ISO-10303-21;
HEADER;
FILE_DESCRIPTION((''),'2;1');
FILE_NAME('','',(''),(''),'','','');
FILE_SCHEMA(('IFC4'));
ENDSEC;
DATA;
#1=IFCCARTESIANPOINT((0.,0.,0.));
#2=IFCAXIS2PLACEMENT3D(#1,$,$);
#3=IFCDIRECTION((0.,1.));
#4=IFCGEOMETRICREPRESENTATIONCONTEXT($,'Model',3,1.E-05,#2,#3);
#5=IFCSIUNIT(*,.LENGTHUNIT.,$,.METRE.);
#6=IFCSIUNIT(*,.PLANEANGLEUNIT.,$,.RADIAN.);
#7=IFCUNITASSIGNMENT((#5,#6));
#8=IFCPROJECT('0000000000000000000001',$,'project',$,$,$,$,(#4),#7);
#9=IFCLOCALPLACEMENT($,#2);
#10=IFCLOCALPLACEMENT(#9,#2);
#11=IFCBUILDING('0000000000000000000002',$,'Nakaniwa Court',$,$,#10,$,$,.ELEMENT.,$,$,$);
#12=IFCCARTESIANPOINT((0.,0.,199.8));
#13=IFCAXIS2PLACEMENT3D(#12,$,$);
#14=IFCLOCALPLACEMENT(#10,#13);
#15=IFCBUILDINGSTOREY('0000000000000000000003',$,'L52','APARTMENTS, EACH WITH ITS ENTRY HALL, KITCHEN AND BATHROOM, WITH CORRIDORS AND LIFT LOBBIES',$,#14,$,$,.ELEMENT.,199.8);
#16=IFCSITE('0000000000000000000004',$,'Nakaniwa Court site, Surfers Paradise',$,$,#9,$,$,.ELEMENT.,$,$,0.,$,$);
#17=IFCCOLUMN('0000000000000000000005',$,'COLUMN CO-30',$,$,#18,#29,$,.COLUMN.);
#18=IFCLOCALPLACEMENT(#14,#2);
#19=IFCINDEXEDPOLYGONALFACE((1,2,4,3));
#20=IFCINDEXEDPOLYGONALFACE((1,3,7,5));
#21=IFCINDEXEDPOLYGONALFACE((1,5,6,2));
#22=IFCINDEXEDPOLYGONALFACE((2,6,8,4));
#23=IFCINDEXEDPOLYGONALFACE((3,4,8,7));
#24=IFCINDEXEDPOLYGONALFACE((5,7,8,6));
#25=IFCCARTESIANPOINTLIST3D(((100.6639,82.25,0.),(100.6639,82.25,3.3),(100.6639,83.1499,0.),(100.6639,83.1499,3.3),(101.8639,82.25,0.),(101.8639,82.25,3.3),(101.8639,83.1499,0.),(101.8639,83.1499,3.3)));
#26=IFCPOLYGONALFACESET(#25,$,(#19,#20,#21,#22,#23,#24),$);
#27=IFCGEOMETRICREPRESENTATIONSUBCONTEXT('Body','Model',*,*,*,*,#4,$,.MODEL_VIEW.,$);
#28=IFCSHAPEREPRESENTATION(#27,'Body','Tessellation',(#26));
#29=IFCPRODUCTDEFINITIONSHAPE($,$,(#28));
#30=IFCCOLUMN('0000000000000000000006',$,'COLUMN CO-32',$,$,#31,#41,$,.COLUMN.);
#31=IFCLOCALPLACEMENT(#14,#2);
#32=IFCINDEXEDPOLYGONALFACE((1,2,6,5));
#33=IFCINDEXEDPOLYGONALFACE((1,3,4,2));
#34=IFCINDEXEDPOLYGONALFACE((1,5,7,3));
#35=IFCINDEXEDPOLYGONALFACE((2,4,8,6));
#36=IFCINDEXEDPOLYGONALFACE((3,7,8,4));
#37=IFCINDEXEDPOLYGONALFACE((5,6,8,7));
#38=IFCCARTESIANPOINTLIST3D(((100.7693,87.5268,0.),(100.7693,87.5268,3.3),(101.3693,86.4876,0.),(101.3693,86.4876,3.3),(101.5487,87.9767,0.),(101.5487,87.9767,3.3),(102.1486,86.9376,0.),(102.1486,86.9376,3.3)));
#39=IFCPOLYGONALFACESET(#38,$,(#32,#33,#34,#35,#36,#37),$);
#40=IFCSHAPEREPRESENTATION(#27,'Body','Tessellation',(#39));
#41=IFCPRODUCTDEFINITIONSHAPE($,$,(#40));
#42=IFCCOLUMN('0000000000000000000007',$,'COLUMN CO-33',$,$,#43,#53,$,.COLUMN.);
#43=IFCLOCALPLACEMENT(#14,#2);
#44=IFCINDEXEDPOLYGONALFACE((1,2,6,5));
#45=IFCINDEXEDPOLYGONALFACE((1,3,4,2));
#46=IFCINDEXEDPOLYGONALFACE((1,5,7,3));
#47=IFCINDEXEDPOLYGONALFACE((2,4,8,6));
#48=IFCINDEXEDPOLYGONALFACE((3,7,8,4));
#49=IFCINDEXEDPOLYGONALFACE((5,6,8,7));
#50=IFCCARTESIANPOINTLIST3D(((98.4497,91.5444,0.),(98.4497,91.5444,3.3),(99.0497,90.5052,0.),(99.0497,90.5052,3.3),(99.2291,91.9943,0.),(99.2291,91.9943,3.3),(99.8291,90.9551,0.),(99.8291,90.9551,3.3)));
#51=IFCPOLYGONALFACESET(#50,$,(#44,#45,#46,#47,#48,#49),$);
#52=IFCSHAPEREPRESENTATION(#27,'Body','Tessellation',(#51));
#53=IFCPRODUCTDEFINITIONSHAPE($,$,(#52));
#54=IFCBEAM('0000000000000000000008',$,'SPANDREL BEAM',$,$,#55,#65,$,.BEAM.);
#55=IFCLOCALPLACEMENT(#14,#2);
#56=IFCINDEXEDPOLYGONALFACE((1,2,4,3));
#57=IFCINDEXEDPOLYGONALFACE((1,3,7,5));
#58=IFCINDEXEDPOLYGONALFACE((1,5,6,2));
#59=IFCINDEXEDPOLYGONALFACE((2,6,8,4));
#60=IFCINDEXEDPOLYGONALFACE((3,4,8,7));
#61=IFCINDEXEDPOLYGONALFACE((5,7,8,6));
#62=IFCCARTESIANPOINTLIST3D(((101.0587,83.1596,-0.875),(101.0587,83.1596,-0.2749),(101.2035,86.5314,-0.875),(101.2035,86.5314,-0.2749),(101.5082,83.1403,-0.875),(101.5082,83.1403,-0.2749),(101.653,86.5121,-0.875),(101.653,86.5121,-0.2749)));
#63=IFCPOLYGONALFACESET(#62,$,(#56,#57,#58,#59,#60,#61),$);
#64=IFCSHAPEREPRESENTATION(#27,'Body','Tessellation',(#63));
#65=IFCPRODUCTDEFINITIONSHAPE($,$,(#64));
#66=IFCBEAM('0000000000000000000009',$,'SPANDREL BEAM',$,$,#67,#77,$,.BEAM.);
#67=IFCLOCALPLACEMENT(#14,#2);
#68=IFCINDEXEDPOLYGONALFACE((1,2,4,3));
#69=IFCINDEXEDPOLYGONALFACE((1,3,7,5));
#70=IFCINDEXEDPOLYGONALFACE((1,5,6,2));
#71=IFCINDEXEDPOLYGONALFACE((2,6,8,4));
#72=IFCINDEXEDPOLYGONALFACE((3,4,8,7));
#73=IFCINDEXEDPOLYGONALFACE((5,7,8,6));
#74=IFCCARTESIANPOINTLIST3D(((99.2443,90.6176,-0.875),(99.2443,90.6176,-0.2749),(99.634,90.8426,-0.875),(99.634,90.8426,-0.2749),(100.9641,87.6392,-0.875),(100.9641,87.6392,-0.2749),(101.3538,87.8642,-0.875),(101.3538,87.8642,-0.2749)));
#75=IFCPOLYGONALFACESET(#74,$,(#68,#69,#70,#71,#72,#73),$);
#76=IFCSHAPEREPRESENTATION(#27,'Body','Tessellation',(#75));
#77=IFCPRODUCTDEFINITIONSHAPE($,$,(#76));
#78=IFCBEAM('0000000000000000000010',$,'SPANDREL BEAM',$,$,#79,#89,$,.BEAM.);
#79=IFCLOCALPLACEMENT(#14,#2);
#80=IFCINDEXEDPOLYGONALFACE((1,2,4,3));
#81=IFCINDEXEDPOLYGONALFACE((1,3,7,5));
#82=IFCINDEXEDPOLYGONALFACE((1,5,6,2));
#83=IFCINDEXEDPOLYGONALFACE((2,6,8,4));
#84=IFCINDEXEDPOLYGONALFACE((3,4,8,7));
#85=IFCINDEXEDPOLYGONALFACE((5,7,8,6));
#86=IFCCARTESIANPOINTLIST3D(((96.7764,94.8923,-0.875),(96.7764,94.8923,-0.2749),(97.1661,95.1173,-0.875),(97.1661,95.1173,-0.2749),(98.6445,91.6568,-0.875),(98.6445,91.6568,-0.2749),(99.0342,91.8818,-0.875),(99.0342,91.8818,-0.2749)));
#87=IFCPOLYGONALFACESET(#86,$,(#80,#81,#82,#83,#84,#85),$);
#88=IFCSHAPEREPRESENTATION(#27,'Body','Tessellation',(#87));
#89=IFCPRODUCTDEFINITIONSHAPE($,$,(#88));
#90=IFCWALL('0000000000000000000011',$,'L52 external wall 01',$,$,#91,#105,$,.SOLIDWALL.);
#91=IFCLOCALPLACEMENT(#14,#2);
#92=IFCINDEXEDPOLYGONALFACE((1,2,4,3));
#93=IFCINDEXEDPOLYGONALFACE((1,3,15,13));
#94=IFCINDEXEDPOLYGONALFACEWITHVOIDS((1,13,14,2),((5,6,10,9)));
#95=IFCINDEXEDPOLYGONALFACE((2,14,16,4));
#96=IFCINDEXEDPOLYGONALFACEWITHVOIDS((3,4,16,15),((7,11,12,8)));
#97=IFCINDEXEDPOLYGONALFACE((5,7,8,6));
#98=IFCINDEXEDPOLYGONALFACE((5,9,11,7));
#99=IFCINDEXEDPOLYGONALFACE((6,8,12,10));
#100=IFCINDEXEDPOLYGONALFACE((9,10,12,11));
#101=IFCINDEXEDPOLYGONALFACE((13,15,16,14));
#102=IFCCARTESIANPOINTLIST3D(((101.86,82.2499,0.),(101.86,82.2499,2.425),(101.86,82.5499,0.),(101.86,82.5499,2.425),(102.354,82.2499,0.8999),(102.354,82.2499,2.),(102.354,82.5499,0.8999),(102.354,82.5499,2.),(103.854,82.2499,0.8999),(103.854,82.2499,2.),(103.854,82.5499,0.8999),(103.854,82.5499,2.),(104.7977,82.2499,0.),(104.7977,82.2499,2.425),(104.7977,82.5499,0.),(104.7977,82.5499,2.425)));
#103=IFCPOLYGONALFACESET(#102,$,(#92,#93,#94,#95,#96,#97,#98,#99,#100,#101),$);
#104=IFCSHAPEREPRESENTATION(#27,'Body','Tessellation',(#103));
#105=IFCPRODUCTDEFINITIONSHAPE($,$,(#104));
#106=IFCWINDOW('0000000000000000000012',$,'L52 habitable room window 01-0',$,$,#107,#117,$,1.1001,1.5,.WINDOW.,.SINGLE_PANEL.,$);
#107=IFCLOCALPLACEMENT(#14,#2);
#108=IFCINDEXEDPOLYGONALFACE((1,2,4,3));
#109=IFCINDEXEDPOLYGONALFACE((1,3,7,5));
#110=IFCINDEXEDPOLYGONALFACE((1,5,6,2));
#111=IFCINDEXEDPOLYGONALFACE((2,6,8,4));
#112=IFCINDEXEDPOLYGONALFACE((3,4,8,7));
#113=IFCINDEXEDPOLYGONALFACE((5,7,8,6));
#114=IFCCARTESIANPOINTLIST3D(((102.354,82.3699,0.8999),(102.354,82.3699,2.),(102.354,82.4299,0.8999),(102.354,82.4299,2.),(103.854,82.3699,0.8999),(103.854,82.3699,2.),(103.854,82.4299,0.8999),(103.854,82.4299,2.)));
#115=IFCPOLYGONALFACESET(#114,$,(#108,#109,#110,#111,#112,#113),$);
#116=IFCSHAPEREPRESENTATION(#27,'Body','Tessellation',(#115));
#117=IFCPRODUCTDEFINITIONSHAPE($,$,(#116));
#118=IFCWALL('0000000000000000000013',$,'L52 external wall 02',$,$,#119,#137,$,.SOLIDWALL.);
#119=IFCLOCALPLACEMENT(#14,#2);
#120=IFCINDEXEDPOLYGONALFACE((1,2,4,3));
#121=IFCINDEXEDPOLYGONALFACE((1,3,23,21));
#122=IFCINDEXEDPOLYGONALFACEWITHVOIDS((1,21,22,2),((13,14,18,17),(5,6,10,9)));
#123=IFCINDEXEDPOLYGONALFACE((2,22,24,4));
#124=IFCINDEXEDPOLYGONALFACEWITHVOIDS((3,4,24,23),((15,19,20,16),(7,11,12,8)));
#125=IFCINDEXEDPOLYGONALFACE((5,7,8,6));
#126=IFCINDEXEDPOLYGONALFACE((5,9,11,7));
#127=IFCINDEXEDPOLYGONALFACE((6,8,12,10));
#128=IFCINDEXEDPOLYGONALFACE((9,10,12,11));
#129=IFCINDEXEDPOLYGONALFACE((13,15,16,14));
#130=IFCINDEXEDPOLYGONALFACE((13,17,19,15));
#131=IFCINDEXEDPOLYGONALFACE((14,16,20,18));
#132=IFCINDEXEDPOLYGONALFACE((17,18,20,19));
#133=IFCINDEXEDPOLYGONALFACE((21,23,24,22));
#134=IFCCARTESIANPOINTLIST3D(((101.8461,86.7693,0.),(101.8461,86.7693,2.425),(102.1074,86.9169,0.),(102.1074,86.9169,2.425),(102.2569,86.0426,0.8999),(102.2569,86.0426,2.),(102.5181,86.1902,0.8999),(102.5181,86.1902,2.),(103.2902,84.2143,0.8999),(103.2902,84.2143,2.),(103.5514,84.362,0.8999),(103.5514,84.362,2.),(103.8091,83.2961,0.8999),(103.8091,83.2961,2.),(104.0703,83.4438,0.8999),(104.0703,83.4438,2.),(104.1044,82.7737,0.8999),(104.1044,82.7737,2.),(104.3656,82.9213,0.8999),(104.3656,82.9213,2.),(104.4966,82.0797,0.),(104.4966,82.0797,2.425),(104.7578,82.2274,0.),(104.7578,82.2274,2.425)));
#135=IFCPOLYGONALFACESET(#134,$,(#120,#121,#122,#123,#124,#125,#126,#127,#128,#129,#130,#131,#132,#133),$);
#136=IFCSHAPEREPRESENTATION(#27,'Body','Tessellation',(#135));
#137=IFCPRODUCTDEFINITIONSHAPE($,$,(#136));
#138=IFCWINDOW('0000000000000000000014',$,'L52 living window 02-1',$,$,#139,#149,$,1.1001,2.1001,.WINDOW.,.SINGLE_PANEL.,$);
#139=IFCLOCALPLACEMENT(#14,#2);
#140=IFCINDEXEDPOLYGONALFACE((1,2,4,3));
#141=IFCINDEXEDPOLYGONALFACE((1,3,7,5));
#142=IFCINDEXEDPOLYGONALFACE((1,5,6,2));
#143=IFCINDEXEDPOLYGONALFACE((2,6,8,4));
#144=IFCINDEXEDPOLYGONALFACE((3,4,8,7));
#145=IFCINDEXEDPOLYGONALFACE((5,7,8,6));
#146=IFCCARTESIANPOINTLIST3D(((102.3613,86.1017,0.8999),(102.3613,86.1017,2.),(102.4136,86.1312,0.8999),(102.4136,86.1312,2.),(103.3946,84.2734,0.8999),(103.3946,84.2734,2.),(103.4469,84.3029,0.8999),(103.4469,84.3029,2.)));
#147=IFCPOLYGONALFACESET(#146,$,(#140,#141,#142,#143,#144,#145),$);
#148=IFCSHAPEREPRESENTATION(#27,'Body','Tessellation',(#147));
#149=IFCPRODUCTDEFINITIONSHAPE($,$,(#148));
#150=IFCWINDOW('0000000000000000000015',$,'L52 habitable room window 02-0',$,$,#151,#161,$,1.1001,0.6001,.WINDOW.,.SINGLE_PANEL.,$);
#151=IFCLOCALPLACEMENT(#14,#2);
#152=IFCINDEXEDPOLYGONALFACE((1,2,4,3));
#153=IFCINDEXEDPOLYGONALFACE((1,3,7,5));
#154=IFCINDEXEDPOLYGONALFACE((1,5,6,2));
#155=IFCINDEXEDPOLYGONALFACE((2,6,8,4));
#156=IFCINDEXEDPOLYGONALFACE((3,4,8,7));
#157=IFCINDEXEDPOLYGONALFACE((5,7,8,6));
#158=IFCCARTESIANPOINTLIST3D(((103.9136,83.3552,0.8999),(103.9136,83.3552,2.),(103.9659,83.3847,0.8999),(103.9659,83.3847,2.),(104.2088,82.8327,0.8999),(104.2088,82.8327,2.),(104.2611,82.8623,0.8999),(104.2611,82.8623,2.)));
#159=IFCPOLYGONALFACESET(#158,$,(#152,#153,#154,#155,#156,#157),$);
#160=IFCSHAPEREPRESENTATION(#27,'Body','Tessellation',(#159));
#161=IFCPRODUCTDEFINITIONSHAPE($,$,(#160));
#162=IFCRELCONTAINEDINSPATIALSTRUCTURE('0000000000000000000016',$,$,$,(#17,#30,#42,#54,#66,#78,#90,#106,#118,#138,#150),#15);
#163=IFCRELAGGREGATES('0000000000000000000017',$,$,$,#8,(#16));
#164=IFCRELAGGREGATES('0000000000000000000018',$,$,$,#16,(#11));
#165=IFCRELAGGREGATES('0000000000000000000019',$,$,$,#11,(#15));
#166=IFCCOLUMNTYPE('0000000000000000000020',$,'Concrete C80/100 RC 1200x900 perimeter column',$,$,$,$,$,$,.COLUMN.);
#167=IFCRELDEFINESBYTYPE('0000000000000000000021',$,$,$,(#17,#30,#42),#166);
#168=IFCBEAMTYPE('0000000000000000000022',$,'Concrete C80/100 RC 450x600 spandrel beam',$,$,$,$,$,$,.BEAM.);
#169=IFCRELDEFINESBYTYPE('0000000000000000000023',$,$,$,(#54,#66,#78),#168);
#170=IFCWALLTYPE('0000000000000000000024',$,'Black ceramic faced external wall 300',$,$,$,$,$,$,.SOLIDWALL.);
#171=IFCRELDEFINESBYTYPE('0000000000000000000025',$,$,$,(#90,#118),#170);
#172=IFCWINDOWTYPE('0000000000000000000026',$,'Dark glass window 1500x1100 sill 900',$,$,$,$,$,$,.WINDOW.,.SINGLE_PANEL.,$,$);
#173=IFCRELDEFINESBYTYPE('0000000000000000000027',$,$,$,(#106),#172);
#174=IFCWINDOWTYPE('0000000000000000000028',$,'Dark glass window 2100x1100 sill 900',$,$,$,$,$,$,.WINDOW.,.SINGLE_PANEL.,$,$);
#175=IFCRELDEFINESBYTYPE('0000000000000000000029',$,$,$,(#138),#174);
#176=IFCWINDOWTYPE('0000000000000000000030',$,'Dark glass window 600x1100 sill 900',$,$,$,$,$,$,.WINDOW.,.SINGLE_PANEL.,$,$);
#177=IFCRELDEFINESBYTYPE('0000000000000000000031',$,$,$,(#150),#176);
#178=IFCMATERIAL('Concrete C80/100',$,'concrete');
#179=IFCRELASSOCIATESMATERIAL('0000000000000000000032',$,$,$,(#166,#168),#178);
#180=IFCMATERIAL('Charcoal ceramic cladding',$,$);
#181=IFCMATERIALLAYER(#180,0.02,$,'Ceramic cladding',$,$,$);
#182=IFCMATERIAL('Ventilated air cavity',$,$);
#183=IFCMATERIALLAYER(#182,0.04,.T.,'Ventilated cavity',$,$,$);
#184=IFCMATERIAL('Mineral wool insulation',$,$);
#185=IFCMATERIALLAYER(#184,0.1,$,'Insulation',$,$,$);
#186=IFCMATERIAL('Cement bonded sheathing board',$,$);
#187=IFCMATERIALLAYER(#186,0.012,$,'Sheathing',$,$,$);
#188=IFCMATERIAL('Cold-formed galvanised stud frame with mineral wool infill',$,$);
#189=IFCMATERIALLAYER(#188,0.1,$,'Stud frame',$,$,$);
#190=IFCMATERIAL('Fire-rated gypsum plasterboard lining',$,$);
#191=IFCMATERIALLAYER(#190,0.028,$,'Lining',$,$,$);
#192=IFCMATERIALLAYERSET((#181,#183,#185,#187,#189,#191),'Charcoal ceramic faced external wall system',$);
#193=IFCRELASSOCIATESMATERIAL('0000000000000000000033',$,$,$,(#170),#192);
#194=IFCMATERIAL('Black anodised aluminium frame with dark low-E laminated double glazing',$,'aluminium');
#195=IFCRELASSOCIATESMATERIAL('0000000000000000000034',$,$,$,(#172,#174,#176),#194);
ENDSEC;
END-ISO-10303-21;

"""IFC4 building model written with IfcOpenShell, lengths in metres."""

from ifc_helpers import new_model, si_unit, direction, frame, frame_2d, origin, origin_2d, place, context, subcontext, project, spatial, rectangle, extrude, material, layer, layer_set, material_profile, profile_set, type_object, element, fill, save


model = new_model("IFC4")

# Units and contexts
model_context = context("Model", 3, precision=1e-05, world=origin(), true_north=direction((0.0, 1.0)))
body_context = subcontext(model_context, "Body", "Model", "MODEL_VIEW")
ifc_project = project(units=[si_unit("LENGTHUNIT", "METRE"), si_unit("PLANEANGLEUNIT", "RADIAN")], contexts=[model_context])

# Site, building, storey
site_placement = place(None, origin())
site = spatial("IfcSite", under=ifc_project, at=site_placement, Name="Nakaniwa Court site, Surfers Paradise", CompositionType="ELEMENT", RefElevation=0.0)
building_placement = place(site_placement, origin())
building = spatial("IfcBuilding", under=site, at=building_placement, Name="Nakaniwa Court", CompositionType="ELEMENT")
storey_placement = place(building_placement, frame((0.0, 0.0, 199.8)))
storey = spatial("IfcBuildingStorey", under=building, at=storey_placement, Name="L52", Description="APARTMENTS, EACH WITH ITS ENTRY HALL, KITCHEN AND BATHROOM, WITH CORRIDORS AND LIFT LOBBIES", CompositionType="ELEMENT", Elevation=199.8)

# Columns
ifc_material_1 = material(Name="Concrete C80/100", Category="concrete")
ifc_material_profile_1 = material_profile(ifc_material_1, rectangle(XDim=1.2, YDim=0.8999, at=origin_2d()), Name="Concrete C80/100 RC 1200x900 perimeter column")
ifc_profile_set_1 = profile_set([ifc_material_profile_1], Name="Concrete C80/100")
column_type = type_object("IfcColumnType", Name="Concrete C80/100 RC 1200x900 perimeter column", PredefinedType="COLUMN", material=ifc_profile_set_1)
for number, where, z_axis, x_axis, name in (
    (1, (101.2639, 82.7, 0.0), (0.0, 0.0, 1.0), (1.0, 0.0, 0.0), "COLUMN CO-30"),
    (2, (101.459, 87.2322, 0.0), (0.0, 0.0, 1.0), (-0.5, 0.866025, 0.0), "COLUMN CO-32"),
    (3, (99.1394, 91.2498, 0.0), (0.0, 0.0, 1.0), (-0.5, 0.866025, 0.0), "COLUMN CO-33"),
):
    element("IfcColumn", number, at=place(storey_placement, frame(where, z_axis=z_axis, x_axis=x_axis)), inside=storey, type_object=column_type, Name=name, PredefinedType="COLUMN", context=body_context, shape_type="SweptSolid", body=[
        extrude(rectangle(XDim=1.2, YDim=0.8999, at=origin_2d()), origin(), (0.0, 0.0, 1.0), 3.3),
    ])

# Beams
ifc_material_profile_2 = material_profile(ifc_material_1, rectangle(XDim=0.45, YDim=0.6001, at=origin_2d()), Name="Concrete C80/100 RC 450x600 spandrel beam")
ifc_profile_set_2 = profile_set([ifc_material_profile_2], Name="Concrete C80/100")
beam_type = type_object("IfcBeamType", Name="Concrete C80/100 RC 450x600 spandrel beam", PredefinedType="BEAM", material=ifc_profile_set_2)
beam_1_placement = place(storey_placement, frame((101.2834, 83.1499, -0.575), z_axis=(0.042897, 0.999079, 0.0), x_axis=(-0.999079, 0.042897, 0.0)))
element("IfcBeam", 4, at=beam_1_placement, inside=storey, type_object=beam_type, Name="SPANDREL BEAM", PredefinedType="BEAM", context=body_context, shape_type="SweptSolid", body=[
    extrude(rectangle(XDim=0.45, YDim=0.6001, at=origin_2d()), origin(), (0.0, 0.0, 1.0), 3.375),
])
beam_2_placement = place(storey_placement, frame((101.1589, 87.7517, -0.575), z_axis=(-0.500048, 0.865998, 0.0), x_axis=(-0.865998, -0.500048, 0.0)))
element("IfcBeam", 5, at=beam_2_placement, inside=storey, type_object=beam_type, Name="SPANDREL BEAM", PredefinedType="BEAM", context=body_context, shape_type="SweptSolid", body=[
    extrude(rectangle(XDim=0.45, YDim=0.6001, at=origin_2d()), origin(), (0.0, 0.0, 1.0), 3.4392),
])
beam_3_placement = place(storey_placement, frame((98.8394, 91.7693, -0.575), z_axis=(-0.500018, 0.866015, 0.0), x_axis=(-0.866015, -0.500018, 0.0)))
element("IfcBeam", 6, at=beam_3_placement, inside=storey, type_object=beam_type, Name="SPANDREL BEAM", PredefinedType="BEAM", context=body_context, shape_type="SweptSolid", body=[
    extrude(rectangle(XDim=0.45, YDim=0.6001, at=origin_2d()), origin(), (0.0, 0.0, 1.0), 3.7361),
])

# Wall, opening, window
ifc_material_2 = material(Name="Charcoal ceramic cladding")
ifc_layer_1 = layer(ifc_material_2, 0.02, Name="Ceramic cladding")
ifc_material_3 = material(Name="Ventilated air cavity")
ifc_layer_2 = layer(ifc_material_3, 0.04, ventilated=True, Name="Ventilated cavity")
ifc_material_4 = material(Name="Mineral wool insulation")
ifc_layer_3 = layer(ifc_material_4, 0.1, Name="Insulation")
ifc_material_5 = material(Name="Cement bonded sheathing board")
ifc_layer_4 = layer(ifc_material_5, 0.012, Name="Sheathing")
ifc_material_6 = material(Name="Cold-formed galvanised stud frame with mineral wool infill")
ifc_layer_5 = layer(ifc_material_6, 0.1, Name="Stud frame")
ifc_material_7 = material(Name="Fire-rated gypsum plasterboard lining")
ifc_layer_6 = layer(ifc_material_7, 0.028, Name="Lining")
ifc_layer_set = layer_set([ifc_layer_1, ifc_layer_2, ifc_layer_3, ifc_layer_4, ifc_layer_5, ifc_layer_6], Name="Charcoal ceramic faced external wall system")
wall_type = type_object("IfcWallType", Name="Black ceramic faced external wall 300", PredefinedType="SOLIDWALL", material=ifc_layer_set)
wall_1_placement = place(storey_placement, frame((101.8601, 82.3999, 0.0), z_axis=(0.0, 0.0, 1.0), x_axis=(1.0, 0.0, 0.0)))
wall_1 = element("IfcWall", 7, at=wall_1_placement, inside=storey, type_object=wall_type, Name="L52 external wall 01", PredefinedType="SOLIDWALL", context=body_context, shape_type="SweptSolid", body=[
    extrude(rectangle(XDim=2.9377, YDim=0.3, at=frame_2d((1.4688, 0.0))), origin(), (0.0, 0.0, 1.0), 2.425),
])
opening_1_placement = place(wall_1_placement, frame((0.4939, 0.0, 0.8999)))
opening_1 = element("IfcOpeningElement", 8, at=opening_1_placement, cuts=wall_1, PredefinedType="OPENING", context=body_context, shape_type="SweptSolid", body=[
    extrude(rectangle(XDim=1.5, YDim=1.1001, at=frame_2d((0.75, 0.55))), frame((0.0, 0.1599, 0.0), z_axis=(0.0, -1.0, 0.0), x_axis=(1.0, 0.0, 0.0)), (0.0, 0.0, 1.0), 0.3201),
])
ifc_material_8 = material(Name="Black anodised aluminium frame with dark low-E laminated double glazing", Category="aluminium")
window_type_1 = type_object("IfcWindowType", Name="Dark glass window 1500x1100 sill 900", PartitioningType="SINGLE_PANEL", PredefinedType="WINDOW", material=ifc_material_8)
window_1_placement = place(opening_1_placement, origin())
window_1 = element("IfcWindow", 9, at=window_1_placement, inside=storey, type_object=window_type_1, Name="L52 habitable room window 01-0", OverallHeight=1.1001, OverallWidth=1.5, PartitioningType="SINGLE_PANEL", PredefinedType="WINDOW", context=body_context, shape_type="SweptSolid", body=[
    extrude(rectangle(XDim=1.5, YDim=1.1001, at=frame_2d((0.75, 0.55))), frame((0.0, 0.03, 0.0), z_axis=(0.0, -1.0, 0.0), x_axis=(1.0, 0.0, 0.0)), (0.0, 0.0, 1.0), 0.0601),
])
fill(opening_1, window_1)

# Wall, openings, windows
wall_2_placement = place(storey_placement, frame((104.6272, 82.1536, 0.0), z_axis=(0.0, 0.0, 1.0), x_axis=(-0.492033, 0.870576, 0.0)))
wall_2 = element("IfcWall", 10, at=wall_2_placement, inside=storey, type_object=wall_type, Name="L52 external wall 02", PredefinedType="SOLIDWALL", context=body_context, shape_type="SweptSolid", body=[
    extrude(rectangle(XDim=5.3867, YDim=0.3, at=frame_2d((2.6934, 0.0))), origin(), (0.0, 0.0, 1.0), 2.425),
])
opening_2_placement = place(wall_2_placement, frame((0.7971, 0.0, 0.8999)))
opening_2 = element("IfcOpeningElement", 11, at=opening_2_placement, cuts=wall_2, PredefinedType="OPENING", context=body_context, shape_type="SweptSolid", body=[
    extrude(rectangle(XDim=0.6001, YDim=1.1001, at=frame_2d((0.3, 0.55))), frame((0.0, 0.1599, 0.0), z_axis=(0.0, -1.0, 0.0), x_axis=(1.0, 0.0, 0.0)), (0.0, 0.0, 1.0), 0.3201),
])
opening_3_placement = place(wall_2_placement, frame((2.4519, 0.0, 0.8999)))
opening_3 = element("IfcOpeningElement", 12, at=opening_3_placement, cuts=wall_2, PredefinedType="OPENING", context=body_context, shape_type="SweptSolid", body=[
    extrude(rectangle(XDim=2.1001, YDim=1.1001, at=frame_2d((1.05, 0.55))), frame((0.0, 0.1599, 0.0), z_axis=(0.0, -1.0, 0.0), x_axis=(1.0, 0.0, 0.0)), (0.0, 0.0, 1.0), 0.3201),
])
window_type_2 = type_object("IfcWindowType", Name="Dark glass window 2100x1100 sill 900", PartitioningType="SINGLE_PANEL", PredefinedType="WINDOW", material=ifc_material_8)
window_2_placement = place(opening_3_placement, origin())
window_2 = element("IfcWindow", 13, at=window_2_placement, inside=storey, type_object=window_type_2, Name="L52 living window 02-1", OverallHeight=1.1001, OverallWidth=2.1001, PartitioningType="SINGLE_PANEL", PredefinedType="WINDOW", context=body_context, shape_type="SweptSolid", body=[
    extrude(rectangle(XDim=2.1001, YDim=1.1001, at=frame_2d((1.05, 0.55))), frame((0.0, 0.03, 0.0), z_axis=(0.0, -1.0, 0.0), x_axis=(1.0, 0.0, 0.0)), (0.0, 0.0, 1.0), 0.0601),
])
fill(opening_3, window_2)
window_type_3 = type_object("IfcWindowType", Name="Dark glass window 600x1100 sill 900", PartitioningType="SINGLE_PANEL", PredefinedType="WINDOW", material=ifc_material_8)
window_3_placement = place(opening_2_placement, origin())
window_3 = element("IfcWindow", 14, at=window_3_placement, inside=storey, type_object=window_type_3, Name="L52 habitable room window 02-0", OverallHeight=1.1001, OverallWidth=0.6001, PartitioningType="SINGLE_PANEL", PredefinedType="WINDOW", context=body_context, shape_type="SweptSolid", body=[
    extrude(rectangle(XDim=0.6001, YDim=1.1001, at=frame_2d((0.3, 0.55))), frame((0.0, 0.03, 0.0), z_axis=(0.0, -1.0, 0.0), x_axis=(1.0, 0.0, 0.0)), (0.0, 0.0, 1.0), 0.0601),
])
fill(opening_2, window_3)

save(model, "model.ifc")
